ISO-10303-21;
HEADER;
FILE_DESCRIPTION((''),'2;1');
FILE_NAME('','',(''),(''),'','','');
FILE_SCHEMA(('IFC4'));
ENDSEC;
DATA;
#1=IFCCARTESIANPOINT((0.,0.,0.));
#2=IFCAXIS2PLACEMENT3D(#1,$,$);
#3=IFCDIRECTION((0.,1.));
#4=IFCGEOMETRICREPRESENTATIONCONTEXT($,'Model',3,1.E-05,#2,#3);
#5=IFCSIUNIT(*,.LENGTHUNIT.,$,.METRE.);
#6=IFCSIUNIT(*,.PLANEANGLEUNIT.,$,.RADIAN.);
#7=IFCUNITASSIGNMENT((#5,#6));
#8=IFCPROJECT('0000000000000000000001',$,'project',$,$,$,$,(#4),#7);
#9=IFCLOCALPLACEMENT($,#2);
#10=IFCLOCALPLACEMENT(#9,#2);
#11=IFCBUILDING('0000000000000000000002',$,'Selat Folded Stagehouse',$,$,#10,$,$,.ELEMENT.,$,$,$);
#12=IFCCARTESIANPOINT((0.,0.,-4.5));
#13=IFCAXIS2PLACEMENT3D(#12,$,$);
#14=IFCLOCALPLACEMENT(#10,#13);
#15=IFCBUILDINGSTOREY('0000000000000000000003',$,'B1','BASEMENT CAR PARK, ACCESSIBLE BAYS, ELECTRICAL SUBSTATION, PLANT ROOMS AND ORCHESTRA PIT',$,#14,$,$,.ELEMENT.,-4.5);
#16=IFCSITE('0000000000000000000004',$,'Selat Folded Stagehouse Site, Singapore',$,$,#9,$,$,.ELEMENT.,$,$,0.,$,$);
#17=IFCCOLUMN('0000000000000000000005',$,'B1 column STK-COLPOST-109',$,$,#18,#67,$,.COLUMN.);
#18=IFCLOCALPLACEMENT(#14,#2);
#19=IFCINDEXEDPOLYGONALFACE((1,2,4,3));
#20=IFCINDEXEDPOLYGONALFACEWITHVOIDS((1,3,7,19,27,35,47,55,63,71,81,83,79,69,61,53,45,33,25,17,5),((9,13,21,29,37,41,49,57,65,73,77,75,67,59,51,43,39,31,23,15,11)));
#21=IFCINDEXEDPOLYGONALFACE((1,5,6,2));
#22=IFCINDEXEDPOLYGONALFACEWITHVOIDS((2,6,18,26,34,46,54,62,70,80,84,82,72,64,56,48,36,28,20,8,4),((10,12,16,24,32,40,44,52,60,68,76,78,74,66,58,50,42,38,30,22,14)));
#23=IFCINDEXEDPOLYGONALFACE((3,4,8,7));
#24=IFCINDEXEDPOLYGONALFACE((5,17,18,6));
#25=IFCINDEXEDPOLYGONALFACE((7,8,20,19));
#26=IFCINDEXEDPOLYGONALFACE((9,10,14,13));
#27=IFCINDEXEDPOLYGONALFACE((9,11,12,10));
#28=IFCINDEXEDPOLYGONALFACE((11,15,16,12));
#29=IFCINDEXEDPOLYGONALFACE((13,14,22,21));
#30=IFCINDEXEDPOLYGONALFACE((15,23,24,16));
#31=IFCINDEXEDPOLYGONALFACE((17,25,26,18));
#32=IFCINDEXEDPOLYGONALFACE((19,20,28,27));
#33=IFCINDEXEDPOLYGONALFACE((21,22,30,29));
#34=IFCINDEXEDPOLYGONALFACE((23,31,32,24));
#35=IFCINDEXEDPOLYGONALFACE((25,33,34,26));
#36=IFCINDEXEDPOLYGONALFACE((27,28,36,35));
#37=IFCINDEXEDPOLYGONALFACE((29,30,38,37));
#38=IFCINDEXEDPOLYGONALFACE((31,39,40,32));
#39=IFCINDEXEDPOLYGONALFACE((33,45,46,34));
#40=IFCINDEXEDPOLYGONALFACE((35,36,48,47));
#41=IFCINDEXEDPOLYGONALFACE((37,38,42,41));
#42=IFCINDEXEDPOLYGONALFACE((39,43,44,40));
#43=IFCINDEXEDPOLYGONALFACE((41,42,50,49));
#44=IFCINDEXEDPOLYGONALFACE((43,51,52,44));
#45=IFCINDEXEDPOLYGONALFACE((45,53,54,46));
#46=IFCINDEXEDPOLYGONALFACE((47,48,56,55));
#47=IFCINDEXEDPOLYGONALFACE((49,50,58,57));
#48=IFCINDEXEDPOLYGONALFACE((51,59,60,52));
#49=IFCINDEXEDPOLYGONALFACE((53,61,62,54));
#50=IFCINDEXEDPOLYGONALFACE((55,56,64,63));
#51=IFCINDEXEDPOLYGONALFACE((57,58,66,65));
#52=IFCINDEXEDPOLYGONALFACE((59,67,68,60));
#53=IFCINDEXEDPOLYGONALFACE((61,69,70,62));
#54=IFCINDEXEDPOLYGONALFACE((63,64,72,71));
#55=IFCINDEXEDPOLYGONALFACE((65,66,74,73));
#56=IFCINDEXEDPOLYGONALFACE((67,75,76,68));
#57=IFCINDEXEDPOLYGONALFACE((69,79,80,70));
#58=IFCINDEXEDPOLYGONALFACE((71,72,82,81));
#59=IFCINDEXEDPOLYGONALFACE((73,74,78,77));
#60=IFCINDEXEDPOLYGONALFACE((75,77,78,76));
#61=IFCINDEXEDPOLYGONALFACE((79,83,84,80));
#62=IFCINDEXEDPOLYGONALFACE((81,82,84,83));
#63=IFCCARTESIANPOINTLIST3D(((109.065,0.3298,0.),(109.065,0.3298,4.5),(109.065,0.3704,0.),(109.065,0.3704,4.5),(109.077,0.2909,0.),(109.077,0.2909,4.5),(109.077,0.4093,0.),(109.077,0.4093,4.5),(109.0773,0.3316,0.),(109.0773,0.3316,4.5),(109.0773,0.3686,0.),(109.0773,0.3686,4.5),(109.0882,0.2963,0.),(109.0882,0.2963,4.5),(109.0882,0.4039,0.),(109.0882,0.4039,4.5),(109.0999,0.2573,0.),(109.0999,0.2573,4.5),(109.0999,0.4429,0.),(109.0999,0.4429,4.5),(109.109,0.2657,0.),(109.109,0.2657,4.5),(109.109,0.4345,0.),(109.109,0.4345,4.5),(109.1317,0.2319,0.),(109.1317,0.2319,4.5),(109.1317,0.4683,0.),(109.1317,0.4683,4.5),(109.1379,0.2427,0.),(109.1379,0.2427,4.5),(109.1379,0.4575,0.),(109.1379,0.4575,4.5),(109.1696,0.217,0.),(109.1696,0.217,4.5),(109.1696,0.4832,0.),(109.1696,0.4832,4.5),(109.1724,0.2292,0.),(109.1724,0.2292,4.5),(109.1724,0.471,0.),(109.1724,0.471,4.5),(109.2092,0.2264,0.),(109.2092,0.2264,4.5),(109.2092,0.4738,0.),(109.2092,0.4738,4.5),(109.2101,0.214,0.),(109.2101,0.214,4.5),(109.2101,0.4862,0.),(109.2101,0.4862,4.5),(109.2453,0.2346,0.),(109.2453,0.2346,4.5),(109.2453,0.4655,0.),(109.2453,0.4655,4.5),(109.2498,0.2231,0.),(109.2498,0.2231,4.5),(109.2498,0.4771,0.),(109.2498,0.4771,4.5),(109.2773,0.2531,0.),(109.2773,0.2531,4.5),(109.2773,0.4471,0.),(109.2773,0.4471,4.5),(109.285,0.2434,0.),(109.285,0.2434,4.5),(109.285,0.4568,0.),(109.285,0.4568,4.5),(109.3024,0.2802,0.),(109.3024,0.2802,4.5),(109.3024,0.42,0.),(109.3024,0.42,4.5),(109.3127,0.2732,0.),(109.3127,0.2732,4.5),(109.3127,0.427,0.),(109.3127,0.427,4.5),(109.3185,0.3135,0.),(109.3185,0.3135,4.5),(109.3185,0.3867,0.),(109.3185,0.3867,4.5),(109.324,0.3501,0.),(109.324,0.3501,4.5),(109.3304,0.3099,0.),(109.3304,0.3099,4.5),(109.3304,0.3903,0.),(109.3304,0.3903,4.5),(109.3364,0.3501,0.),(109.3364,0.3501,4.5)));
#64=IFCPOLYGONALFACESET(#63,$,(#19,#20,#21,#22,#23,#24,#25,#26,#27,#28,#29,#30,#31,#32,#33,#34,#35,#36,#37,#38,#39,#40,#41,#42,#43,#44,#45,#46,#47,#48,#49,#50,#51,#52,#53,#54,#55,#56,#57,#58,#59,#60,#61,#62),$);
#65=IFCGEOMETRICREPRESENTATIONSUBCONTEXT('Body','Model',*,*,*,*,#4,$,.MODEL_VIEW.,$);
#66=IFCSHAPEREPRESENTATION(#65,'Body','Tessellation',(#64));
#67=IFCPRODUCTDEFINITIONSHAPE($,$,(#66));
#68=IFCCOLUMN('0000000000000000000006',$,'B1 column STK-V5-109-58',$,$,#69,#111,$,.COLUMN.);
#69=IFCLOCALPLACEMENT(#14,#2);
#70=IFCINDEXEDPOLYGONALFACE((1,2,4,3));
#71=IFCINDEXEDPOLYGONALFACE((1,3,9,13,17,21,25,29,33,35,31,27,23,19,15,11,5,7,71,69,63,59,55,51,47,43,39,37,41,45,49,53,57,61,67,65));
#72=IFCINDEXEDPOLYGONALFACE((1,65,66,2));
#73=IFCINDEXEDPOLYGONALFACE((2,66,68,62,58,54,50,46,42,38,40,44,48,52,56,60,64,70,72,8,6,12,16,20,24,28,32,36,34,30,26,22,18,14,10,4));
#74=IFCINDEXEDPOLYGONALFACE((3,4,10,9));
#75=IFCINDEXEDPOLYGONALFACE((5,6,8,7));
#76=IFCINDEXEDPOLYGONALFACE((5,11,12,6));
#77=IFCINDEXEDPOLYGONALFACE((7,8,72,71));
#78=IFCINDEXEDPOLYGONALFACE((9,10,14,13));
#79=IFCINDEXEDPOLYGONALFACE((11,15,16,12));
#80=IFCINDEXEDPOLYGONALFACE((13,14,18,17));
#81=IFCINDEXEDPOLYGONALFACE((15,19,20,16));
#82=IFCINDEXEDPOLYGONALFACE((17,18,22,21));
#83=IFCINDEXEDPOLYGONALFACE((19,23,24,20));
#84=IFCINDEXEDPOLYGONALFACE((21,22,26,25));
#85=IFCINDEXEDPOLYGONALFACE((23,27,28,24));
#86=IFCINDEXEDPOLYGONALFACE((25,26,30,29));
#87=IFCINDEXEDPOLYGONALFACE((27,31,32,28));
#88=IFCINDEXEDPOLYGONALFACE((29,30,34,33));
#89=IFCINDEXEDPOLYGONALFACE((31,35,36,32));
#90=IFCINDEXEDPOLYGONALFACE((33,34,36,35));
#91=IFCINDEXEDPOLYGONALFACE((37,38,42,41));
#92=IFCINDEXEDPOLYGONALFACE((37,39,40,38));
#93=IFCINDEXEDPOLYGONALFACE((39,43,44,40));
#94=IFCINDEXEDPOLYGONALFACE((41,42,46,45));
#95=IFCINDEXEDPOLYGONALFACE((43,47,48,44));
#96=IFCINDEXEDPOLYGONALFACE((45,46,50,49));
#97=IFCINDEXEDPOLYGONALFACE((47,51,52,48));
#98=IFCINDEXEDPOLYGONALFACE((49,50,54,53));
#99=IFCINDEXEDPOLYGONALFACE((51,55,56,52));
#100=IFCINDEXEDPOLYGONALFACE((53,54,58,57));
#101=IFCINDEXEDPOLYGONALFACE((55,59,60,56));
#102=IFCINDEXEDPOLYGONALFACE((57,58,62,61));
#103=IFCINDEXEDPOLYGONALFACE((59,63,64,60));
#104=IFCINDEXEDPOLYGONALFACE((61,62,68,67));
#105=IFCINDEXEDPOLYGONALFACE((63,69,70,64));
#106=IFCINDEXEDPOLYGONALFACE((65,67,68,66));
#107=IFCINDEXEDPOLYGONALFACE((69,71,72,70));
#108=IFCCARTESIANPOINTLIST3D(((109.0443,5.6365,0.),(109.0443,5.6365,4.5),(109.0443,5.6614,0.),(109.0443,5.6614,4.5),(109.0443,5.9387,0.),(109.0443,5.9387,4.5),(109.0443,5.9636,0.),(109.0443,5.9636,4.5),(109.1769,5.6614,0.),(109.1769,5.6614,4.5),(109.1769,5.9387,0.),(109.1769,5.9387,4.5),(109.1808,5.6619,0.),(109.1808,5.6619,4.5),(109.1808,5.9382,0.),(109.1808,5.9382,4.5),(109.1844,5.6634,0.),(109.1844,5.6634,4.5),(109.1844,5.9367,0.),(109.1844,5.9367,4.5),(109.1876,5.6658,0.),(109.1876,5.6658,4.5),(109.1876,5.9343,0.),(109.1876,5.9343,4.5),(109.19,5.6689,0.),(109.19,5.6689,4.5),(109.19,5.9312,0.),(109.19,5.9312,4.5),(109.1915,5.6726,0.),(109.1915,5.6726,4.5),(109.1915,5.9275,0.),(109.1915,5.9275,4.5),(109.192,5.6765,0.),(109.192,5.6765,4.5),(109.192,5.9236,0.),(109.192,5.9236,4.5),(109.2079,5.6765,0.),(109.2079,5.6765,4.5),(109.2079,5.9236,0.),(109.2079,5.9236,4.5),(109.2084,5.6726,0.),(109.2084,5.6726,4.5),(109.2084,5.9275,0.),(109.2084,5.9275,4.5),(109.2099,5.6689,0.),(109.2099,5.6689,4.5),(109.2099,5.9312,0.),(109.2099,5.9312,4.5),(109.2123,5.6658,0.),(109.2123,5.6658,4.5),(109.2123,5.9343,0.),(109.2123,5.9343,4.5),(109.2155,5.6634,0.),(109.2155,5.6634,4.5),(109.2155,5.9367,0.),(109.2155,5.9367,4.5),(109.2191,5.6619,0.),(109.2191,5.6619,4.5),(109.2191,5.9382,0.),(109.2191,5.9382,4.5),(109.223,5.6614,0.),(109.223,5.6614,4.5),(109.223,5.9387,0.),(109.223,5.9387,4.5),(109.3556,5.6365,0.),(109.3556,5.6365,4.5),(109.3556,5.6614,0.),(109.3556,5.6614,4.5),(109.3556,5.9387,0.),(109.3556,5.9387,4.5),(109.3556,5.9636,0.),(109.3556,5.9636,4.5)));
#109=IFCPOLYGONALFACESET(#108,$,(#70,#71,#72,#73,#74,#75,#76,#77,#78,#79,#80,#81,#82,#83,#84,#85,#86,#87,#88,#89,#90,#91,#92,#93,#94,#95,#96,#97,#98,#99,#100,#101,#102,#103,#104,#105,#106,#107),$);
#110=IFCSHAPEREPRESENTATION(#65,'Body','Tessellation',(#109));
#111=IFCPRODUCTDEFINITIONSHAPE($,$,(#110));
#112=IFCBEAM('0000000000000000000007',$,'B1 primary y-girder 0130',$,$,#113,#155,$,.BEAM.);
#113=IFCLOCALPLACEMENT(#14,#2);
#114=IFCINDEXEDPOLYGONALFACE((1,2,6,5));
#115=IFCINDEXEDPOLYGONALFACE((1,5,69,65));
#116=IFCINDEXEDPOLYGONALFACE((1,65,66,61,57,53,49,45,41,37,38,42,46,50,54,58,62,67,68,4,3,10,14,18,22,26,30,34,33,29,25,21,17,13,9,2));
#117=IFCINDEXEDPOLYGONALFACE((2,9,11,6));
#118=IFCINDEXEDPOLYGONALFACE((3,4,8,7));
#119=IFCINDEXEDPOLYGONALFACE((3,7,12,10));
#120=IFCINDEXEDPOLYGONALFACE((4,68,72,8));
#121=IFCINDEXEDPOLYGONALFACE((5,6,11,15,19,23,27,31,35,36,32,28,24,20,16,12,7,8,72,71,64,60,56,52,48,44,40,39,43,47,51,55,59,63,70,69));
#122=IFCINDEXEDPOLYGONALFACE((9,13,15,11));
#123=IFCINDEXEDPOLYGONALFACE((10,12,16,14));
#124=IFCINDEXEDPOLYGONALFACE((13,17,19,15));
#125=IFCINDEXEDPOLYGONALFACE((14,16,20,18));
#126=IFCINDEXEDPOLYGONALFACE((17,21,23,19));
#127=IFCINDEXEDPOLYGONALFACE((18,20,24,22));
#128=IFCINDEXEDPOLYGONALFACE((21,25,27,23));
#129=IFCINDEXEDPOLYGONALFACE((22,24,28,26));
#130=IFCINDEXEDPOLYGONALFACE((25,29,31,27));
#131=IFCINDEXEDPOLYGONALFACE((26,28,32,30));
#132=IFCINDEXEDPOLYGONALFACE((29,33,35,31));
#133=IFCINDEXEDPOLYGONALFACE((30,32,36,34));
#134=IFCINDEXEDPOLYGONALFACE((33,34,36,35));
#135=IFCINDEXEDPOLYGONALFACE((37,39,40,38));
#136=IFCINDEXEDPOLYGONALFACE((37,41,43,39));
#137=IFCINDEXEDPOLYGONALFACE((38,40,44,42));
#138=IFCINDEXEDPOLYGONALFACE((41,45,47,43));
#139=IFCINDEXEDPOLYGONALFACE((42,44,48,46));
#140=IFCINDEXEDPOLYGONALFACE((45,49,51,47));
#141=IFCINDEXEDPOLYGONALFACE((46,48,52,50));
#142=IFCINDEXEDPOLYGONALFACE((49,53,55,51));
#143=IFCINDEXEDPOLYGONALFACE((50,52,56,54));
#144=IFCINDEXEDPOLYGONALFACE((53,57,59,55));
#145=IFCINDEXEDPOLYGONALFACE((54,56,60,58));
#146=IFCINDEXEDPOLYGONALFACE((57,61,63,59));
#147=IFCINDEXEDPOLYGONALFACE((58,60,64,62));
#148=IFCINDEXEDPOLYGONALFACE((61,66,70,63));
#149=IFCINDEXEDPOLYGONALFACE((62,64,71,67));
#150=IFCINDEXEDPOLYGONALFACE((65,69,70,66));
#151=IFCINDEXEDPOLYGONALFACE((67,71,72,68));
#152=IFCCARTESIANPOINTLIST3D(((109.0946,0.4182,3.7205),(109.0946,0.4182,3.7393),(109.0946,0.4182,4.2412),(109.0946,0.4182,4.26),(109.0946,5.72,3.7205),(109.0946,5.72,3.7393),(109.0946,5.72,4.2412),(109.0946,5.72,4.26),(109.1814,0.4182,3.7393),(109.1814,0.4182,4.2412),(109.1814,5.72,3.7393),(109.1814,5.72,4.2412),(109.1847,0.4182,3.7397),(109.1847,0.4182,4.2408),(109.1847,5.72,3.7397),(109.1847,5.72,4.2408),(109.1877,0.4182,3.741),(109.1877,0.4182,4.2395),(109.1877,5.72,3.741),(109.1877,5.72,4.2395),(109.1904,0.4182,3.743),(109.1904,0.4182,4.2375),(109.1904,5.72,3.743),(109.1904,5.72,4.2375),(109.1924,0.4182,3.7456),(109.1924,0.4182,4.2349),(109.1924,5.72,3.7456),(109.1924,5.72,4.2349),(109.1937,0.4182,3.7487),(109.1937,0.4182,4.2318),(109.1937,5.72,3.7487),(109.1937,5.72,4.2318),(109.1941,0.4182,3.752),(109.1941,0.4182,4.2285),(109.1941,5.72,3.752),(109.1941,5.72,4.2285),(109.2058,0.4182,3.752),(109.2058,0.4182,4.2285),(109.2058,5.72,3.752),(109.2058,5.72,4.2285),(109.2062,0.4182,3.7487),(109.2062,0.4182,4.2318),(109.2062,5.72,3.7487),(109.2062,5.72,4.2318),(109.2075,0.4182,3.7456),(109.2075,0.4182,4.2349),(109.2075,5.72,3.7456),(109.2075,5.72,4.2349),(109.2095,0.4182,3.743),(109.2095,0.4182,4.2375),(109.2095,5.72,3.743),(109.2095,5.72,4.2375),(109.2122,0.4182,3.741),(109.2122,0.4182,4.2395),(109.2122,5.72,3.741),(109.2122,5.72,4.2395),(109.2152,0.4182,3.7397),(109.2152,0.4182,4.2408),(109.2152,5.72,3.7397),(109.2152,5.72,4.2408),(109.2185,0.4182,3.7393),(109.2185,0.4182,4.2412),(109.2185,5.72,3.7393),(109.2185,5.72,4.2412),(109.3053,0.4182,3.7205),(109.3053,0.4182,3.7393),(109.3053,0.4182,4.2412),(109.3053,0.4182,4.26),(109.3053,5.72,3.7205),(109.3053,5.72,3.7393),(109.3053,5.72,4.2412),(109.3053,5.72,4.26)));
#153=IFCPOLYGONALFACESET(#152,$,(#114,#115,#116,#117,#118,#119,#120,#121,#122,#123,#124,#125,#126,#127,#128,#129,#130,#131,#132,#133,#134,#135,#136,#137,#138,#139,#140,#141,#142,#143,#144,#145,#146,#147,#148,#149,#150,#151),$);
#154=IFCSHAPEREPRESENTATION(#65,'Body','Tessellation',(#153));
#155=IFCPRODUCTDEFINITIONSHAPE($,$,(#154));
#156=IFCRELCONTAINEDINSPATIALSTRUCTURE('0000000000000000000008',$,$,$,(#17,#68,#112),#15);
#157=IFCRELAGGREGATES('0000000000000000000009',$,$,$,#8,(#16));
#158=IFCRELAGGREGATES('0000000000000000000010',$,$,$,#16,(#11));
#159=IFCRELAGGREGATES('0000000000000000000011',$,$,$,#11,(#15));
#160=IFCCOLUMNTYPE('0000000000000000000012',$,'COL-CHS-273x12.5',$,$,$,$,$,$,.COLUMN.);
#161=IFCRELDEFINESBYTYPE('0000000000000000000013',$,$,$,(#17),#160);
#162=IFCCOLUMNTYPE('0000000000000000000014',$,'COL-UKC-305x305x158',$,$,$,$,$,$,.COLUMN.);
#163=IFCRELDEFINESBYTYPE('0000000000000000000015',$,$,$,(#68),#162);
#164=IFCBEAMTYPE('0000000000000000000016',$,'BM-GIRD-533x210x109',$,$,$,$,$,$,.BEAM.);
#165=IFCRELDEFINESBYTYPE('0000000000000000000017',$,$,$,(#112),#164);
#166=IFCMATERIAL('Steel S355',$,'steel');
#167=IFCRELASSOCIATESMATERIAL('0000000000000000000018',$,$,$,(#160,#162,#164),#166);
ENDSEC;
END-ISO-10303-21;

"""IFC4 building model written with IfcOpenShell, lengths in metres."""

from ifc_helpers import new_model, si_unit, direction, frame, origin, origin_2d, place, context, subcontext, project, spatial, hollow_circle, i_section, extrude, material, material_profile, profile_set, type_object, element, save


model = new_model("IFC4")

# Units and contexts
model_context = context("Model", 3, precision=1e-05, world=origin(), true_north=direction((0.0, 1.0)))
body_context = subcontext(model_context, "Body", "Model", "MODEL_VIEW")
ifc_project = project(units=[si_unit("LENGTHUNIT", "METRE"), si_unit("PLANEANGLEUNIT", "RADIAN")], contexts=[model_context])

# Site, building, storey
site_placement = place(None, origin())
site = spatial("IfcSite", under=ifc_project, at=site_placement, Name="Selat Folded Stagehouse Site, Singapore", CompositionType="ELEMENT", RefElevation=0.0)
building_placement = place(site_placement, origin())
building = spatial("IfcBuilding", under=site, at=building_placement, Name="Selat Folded Stagehouse", CompositionType="ELEMENT")
storey_placement = place(building_placement, frame((0.0, 0.0, -4.5)))
storey = spatial("IfcBuildingStorey", under=building, at=storey_placement, Name="B1", Description="BASEMENT CAR PARK, ACCESSIBLE BAYS, ELECTRICAL SUBSTATION, PLANT ROOMS AND ORCHESTRA PIT", CompositionType="ELEMENT", Elevation=-4.5)

# Columns
ifc_material_1 = material(Name="Steel S355", Category="steel")
ifc_material_profile_1 = material_profile(ifc_material_1, hollow_circle(Radius=0.1365, WallThickness=0.0125, at=origin_2d()), Name="CHS 273.0x12.5")
ifc_profile_set_1 = profile_set([ifc_material_profile_1], Name="Steel S355")
column_type_1 = type_object("IfcColumnType", Name="COL-CHS-273x12.5", PredefinedType="COLUMN", material=ifc_profile_set_1)
column_1_placement = place(storey_placement, frame((109.2, 0.3501, 0.0), z_axis=(0.0, 0.0, 1.0), x_axis=(1.0, 0.0, 0.0)))
element("IfcColumn", 1, at=column_1_placement, inside=storey, type_object=column_type_1, Name="B1 column STK-COLPOST-109", PredefinedType="COLUMN", context=body_context, shape_type="SweptSolid", body=[
    extrude(hollow_circle(Radius=0.1365, WallThickness=0.0125, at=origin_2d()), origin(), (0.0, 0.0, 1.0), 4.5),
])
ifc_material_profile_2 = material_profile(ifc_material_1, i_section(OverallWidth=0.3113, OverallDepth=0.3271, WebThickness=0.0159, FlangeThickness=0.0249, FilletRadius=0.0151, at=origin_2d()), Name="UKC 305x305x158")
ifc_profile_set_2 = profile_set([ifc_material_profile_2], Name="Steel S355")
column_type_2 = type_object("IfcColumnType", Name="COL-UKC-305x305x158", PredefinedType="COLUMN", material=ifc_profile_set_2)
column_2_placement = place(storey_placement, frame((109.2, 5.8, 0.0), z_axis=(0.0, 0.0, 1.0), x_axis=(1.0, 0.0, 0.0)))
element("IfcColumn", 2, at=column_2_placement, inside=storey, type_object=column_type_2, Name="B1 column STK-V5-109-58", PredefinedType="COLUMN", context=body_context, shape_type="SweptSolid", body=[
    extrude(i_section(OverallWidth=0.3113, OverallDepth=0.3271, WebThickness=0.0159, FlangeThickness=0.0249, FilletRadius=0.0151, at=origin_2d()), origin(), (0.0, 0.0, 1.0), 4.5),
])

# Beam
ifc_material_profile_3 = material_profile(ifc_material_1, i_section(OverallWidth=0.2107, OverallDepth=0.5396, WebThickness=0.0117, FlangeThickness=0.0188, FilletRadius=0.0127, at=origin_2d()), Name="UKB 533x210x109")
ifc_profile_set_3 = profile_set([ifc_material_profile_3], Name="Steel S355")
beam_type_1 = type_object("IfcBeamType", Name="BM-GIRD-533x210x109", PredefinedType="BEAM", material=ifc_profile_set_3)
beam_1_placement = place(storey_placement, frame((109.2, 0.4182, 3.9902), z_axis=(0.0, 1.0, 0.0), x_axis=(-1.0, 0.0, 0.0)))
element("IfcBeam", 3, at=beam_1_placement, inside=storey, type_object=beam_type_1, Name="B1 primary y-girder 0130", PredefinedType="BEAM", context=body_context, shape_type="SweptSolid", body=[
    extrude(i_section(OverallWidth=0.2107, OverallDepth=0.5396, WebThickness=0.0117, FlangeThickness=0.0188, FilletRadius=0.0127, at=origin_2d()), origin(), (0.0, 0.0, 1.0), 5.3018),
])

save(model, "model.ifc")
